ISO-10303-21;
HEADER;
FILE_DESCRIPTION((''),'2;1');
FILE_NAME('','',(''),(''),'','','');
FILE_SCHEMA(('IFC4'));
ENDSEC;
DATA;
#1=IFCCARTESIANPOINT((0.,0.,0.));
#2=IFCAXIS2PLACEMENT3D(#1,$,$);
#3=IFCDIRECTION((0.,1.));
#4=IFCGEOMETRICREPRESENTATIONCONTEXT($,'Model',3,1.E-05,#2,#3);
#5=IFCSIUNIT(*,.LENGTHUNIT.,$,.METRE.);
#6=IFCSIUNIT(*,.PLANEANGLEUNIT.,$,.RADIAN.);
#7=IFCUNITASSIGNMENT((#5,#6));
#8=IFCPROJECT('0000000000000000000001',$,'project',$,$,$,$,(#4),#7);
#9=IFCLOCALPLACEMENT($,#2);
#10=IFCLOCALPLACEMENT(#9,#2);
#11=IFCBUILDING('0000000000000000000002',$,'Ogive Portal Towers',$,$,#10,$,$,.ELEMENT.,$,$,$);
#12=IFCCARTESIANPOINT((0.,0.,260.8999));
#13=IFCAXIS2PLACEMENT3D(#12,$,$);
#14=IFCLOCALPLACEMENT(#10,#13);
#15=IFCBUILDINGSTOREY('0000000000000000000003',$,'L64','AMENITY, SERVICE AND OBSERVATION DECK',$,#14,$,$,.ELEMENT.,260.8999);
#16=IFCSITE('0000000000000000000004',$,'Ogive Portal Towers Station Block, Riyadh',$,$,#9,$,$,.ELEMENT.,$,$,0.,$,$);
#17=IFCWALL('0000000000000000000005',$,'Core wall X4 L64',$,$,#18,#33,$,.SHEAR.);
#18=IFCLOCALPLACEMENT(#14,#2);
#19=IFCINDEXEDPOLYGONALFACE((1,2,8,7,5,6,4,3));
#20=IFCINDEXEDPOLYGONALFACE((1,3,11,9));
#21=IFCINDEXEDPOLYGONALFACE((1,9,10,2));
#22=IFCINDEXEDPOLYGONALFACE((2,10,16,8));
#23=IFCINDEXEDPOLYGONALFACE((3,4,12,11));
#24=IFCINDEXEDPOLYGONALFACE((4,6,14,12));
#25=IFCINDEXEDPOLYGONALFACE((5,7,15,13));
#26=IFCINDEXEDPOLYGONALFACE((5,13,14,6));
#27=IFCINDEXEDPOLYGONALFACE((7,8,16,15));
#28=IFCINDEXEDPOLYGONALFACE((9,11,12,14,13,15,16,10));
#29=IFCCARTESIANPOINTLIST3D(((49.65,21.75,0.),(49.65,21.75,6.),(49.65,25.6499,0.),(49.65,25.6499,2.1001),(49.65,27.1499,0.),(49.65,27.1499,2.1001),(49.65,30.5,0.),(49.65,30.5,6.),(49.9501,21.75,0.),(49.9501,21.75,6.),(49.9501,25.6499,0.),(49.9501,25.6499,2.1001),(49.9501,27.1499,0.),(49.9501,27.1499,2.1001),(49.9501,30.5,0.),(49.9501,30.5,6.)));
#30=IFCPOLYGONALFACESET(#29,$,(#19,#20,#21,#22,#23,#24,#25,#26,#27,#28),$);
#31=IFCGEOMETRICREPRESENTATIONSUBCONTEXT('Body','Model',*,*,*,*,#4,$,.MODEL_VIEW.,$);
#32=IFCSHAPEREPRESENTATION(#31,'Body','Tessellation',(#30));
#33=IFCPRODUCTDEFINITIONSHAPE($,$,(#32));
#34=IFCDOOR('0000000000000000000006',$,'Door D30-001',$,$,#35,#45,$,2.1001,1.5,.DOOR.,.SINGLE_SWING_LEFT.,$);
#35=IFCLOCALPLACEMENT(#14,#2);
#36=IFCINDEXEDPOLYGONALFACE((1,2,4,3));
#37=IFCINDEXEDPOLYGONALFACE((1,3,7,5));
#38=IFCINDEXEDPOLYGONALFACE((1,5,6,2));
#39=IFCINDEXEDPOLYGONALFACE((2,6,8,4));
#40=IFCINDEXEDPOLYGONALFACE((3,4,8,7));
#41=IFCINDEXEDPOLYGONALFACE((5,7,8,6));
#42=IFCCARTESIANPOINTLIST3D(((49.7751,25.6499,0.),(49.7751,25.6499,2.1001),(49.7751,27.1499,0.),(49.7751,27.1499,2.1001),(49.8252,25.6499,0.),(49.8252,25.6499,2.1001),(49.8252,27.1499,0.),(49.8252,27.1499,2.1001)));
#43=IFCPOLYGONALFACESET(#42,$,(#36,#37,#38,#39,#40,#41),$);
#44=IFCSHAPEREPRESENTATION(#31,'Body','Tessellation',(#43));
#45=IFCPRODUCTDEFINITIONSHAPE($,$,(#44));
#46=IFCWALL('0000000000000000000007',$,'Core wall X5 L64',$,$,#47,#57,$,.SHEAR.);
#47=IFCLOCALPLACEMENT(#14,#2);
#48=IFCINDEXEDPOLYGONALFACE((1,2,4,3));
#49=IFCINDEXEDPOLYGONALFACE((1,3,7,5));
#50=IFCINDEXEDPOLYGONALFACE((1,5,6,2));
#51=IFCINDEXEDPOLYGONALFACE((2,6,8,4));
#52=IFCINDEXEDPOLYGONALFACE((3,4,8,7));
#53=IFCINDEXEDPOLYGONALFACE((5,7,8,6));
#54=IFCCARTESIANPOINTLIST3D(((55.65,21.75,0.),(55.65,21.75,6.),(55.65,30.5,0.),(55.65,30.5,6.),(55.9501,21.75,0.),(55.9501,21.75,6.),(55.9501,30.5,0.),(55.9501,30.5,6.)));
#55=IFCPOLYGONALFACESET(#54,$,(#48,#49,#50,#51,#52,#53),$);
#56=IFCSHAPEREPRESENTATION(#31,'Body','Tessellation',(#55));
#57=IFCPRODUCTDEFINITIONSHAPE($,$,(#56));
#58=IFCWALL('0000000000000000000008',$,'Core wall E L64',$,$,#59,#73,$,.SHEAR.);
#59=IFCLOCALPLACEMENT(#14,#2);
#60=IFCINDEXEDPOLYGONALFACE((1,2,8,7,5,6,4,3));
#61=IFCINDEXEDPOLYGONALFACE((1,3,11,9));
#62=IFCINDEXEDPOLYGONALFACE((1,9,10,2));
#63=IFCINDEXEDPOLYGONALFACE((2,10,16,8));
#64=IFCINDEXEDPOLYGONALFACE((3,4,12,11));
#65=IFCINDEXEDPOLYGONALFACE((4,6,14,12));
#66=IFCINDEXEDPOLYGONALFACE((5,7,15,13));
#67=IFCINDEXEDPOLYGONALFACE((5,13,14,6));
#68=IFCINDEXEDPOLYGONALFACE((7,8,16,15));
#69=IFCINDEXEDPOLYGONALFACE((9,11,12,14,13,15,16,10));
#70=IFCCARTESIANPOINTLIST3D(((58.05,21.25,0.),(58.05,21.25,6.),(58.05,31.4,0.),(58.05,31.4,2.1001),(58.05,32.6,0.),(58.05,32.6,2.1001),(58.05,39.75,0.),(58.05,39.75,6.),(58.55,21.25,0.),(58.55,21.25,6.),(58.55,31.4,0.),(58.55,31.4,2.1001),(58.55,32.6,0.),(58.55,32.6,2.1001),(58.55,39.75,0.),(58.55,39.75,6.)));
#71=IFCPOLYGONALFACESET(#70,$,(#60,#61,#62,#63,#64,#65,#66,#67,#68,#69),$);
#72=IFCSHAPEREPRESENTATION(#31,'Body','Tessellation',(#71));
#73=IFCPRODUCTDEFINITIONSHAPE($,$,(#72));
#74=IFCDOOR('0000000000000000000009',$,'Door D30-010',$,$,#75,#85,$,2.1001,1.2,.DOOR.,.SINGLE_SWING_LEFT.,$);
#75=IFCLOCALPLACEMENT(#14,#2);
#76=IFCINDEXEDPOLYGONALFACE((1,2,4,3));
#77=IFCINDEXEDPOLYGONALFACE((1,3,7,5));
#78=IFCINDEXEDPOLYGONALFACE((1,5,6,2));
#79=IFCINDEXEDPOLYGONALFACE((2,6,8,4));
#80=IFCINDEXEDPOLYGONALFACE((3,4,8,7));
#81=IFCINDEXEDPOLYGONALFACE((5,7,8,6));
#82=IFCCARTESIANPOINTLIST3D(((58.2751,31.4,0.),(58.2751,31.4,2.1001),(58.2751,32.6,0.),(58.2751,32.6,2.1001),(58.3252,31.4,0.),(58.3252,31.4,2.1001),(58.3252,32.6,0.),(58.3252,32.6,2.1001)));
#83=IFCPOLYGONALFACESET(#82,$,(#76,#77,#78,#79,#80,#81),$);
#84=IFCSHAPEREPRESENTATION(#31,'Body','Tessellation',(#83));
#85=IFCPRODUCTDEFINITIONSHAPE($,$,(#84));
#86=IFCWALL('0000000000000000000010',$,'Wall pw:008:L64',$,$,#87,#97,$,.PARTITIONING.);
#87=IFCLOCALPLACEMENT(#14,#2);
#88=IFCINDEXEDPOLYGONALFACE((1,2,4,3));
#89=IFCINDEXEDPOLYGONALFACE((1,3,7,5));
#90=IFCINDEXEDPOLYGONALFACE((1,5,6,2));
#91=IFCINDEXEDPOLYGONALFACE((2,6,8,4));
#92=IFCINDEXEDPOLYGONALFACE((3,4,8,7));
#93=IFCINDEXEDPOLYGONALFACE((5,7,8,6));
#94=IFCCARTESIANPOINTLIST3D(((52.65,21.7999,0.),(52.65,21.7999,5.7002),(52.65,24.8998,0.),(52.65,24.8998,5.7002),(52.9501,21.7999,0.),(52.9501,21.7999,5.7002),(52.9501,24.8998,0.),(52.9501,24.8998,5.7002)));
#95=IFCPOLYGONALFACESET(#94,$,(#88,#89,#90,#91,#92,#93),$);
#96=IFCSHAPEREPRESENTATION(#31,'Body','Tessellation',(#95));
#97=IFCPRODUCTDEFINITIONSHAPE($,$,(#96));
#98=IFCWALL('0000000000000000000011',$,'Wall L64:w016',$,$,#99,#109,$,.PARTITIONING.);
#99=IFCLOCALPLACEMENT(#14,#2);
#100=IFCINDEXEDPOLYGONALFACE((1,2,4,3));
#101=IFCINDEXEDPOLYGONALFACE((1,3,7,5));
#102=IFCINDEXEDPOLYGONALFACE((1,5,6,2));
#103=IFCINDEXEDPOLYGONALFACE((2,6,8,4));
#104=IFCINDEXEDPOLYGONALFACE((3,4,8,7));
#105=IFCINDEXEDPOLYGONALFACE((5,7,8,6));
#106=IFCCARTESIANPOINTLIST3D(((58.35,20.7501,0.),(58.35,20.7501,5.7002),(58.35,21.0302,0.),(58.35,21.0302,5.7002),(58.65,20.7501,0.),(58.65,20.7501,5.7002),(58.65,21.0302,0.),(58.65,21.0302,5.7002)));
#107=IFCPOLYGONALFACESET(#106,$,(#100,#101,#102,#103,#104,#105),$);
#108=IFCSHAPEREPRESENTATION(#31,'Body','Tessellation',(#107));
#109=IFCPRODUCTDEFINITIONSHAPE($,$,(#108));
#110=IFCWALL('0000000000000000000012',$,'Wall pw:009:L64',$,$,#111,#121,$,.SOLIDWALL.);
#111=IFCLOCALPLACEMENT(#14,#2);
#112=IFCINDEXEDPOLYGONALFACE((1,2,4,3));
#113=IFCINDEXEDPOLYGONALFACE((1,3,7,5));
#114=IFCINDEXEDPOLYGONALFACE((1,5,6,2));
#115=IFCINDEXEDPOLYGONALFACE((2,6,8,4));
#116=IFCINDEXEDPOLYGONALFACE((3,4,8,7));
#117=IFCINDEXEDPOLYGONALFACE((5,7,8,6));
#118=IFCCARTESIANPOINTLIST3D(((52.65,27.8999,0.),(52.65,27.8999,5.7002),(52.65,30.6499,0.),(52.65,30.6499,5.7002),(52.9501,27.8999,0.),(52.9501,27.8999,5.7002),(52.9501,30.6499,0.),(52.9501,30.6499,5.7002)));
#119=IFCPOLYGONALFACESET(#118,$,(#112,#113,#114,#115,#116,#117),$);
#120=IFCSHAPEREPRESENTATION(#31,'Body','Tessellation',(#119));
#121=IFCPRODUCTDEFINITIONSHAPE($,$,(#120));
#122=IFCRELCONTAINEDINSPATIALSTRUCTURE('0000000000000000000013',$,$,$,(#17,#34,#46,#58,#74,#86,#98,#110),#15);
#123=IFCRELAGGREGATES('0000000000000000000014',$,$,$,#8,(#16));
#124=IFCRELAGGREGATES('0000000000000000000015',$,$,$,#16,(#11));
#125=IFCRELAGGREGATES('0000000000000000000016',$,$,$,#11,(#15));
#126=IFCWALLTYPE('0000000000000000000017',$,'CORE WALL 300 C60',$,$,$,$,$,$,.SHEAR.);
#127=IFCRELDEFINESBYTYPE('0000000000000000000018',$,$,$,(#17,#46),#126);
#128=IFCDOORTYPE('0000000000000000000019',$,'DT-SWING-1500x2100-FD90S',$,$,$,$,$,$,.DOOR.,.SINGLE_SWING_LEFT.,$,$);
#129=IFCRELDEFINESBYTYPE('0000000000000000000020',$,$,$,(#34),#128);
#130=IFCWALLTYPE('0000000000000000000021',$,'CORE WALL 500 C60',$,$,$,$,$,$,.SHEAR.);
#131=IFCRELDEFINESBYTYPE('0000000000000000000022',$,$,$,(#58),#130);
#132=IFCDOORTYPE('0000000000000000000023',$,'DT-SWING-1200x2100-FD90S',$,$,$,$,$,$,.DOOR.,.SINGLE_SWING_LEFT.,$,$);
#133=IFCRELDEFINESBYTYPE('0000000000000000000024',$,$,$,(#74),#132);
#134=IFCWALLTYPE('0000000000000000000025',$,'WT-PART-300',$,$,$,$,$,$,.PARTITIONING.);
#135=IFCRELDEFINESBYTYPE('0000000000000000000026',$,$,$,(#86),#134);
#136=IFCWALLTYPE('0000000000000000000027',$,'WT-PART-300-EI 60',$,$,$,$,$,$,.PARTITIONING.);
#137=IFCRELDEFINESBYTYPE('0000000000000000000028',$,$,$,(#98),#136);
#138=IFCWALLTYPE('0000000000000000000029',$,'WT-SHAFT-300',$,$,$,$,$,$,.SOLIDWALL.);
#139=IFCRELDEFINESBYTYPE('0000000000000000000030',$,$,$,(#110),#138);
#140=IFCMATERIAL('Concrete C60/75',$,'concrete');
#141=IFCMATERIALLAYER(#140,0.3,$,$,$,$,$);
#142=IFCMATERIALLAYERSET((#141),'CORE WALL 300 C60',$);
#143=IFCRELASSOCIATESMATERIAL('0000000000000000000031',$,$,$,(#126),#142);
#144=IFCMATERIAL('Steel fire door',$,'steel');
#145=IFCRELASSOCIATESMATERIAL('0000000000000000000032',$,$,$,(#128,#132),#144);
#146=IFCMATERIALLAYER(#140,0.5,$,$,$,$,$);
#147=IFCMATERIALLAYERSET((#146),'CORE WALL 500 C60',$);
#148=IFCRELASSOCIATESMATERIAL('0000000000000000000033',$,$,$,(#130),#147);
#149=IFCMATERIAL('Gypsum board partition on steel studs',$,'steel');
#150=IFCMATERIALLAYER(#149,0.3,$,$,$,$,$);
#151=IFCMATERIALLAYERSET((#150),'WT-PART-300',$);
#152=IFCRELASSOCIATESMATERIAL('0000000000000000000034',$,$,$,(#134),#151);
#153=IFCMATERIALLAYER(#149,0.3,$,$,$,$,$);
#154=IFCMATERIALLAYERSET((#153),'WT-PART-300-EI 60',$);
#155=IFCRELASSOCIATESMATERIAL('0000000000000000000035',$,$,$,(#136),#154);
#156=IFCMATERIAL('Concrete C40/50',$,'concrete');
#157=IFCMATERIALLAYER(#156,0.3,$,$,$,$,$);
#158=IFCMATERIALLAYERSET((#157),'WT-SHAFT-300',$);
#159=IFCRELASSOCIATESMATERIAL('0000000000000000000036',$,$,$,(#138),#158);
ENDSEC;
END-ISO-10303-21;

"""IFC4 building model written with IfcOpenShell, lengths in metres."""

from ifc_helpers import new_model, si_unit, direction, frame, frame_2d, origin, place, context, subcontext, project, spatial, rectangle, extrude, material, layer, layer_set, type_object, element, fill, save


model = new_model("IFC4")

# Units and contexts
model_context = context("Model", 3, precision=1e-05, world=origin(), true_north=direction((0.0, 1.0)))
body_context = subcontext(model_context, "Body", "Model", "MODEL_VIEW")
ifc_project = project(units=[si_unit("LENGTHUNIT", "METRE"), si_unit("PLANEANGLEUNIT", "RADIAN")], contexts=[model_context])

# Site, building, storey
site_placement = place(None, origin())
site = spatial("IfcSite", under=ifc_project, at=site_placement, Name="Ogive Portal Towers Station Block, Riyadh", CompositionType="ELEMENT", RefElevation=0.0)
building_placement = place(site_placement, origin())
building = spatial("IfcBuilding", under=site, at=building_placement, Name="Ogive Portal Towers", CompositionType="ELEMENT")
storey_placement = place(building_placement, frame((0.0, 0.0, 260.8999)))
storey = spatial("IfcBuildingStorey", under=building, at=storey_placement, Name="L64", Description="AMENITY, SERVICE AND OBSERVATION DECK", CompositionType="ELEMENT", Elevation=260.8999)

# Shared definitions
ifc_material_1 = material(Name="Concrete C60/75", Category="concrete")

# Wall, opening, door
ifc_layer_1 = layer(ifc_material_1, 0.3)
ifc_layer_set_1 = layer_set([ifc_layer_1], Name="CORE WALL 300 C60")
wall_type_1 = type_object("IfcWallType", Name="CORE WALL 300 C60", PredefinedType="SHEAR", material=ifc_layer_set_1)
wall_1_placement = place(storey_placement, frame((49.8, 21.75, 0.0), z_axis=(0.0, 0.0, 1.0), x_axis=(0.0, 1.0, 0.0)))
wall_1 = element("IfcWall", 1, at=wall_1_placement, inside=storey, type_object=wall_type_1, Name="Core wall X4 L64", PredefinedType="SHEAR", context=body_context, shape_type="SweptSolid", body=[
    extrude(rectangle(XDim=8.75, YDim=0.3, at=frame_2d((4.375, 0.0))), origin(), (0.0, 0.0, 1.0), 6.0),
])
opening_1_placement = place(wall_1_placement, frame((3.8999, 0.0, 0.0)))
opening_1 = element("IfcOpeningElement", 2, at=opening_1_placement, cuts=wall_1, PredefinedType="OPENING", context=body_context, shape_type="SweptSolid", body=[
    extrude(rectangle(XDim=1.5, YDim=2.1001, at=frame_2d((0.75, 1.05))), frame((0.0, 0.1602, 0.0), z_axis=(0.0, -1.0, 0.0), x_axis=(1.0, 0.0, 0.0)), (0.0, 0.0, 1.0), 0.3201),
])
ifc_material_2 = material(Name="Steel fire door", Category="steel")
door_type_1 = type_object("IfcDoorType", Name="DT-SWING-1500x2100-FD90S", OperationType="SINGLE_SWING_LEFT", PredefinedType="DOOR", material=ifc_material_2)
door_1_placement = place(opening_1_placement, origin())
door_1 = element("IfcDoor", 3, at=door_1_placement, inside=storey, type_object=door_type_1, Name="Door D30-001", OperationType="SINGLE_SWING_LEFT", OverallHeight=2.1001, OverallWidth=1.5, PredefinedType="DOOR", context=body_context, shape_type="SweptSolid", body=[
    extrude(rectangle(XDim=1.5, YDim=2.1001, at=frame_2d((0.75, 1.05))), frame((0.0, 0.0249, 0.0), z_axis=(0.0, -1.0, 0.0), x_axis=(1.0, 0.0, 0.0)), (0.0, 0.0, 1.0), 0.05),
])
fill(opening_1, door_1)

# Wall
wall_2_placement = place(storey_placement, frame((55.8, 21.75, 0.0), z_axis=(0.0, 0.0, 1.0), x_axis=(0.0, 1.0, 0.0)))
element("IfcWall", 4, at=wall_2_placement, inside=storey, type_object=wall_type_1, Name="Core wall X5 L64", PredefinedType="SHEAR", context=body_context, shape_type="SweptSolid", body=[
    extrude(rectangle(XDim=8.75, YDim=0.3, at=frame_2d((4.375, 0.0))), origin(), (0.0, 0.0, 1.0), 6.0),
])

# Wall, opening, door
ifc_layer_2 = layer(ifc_material_1, 0.5)
ifc_layer_set_2 = layer_set([ifc_layer_2], Name="CORE WALL 500 C60")
wall_type_2 = type_object("IfcWallType", Name="CORE WALL 500 C60", PredefinedType="SHEAR", material=ifc_layer_set_2)
wall_3_placement = place(storey_placement, frame((58.3, 21.25, 0.0), z_axis=(0.0, 0.0, 1.0), x_axis=(0.0, 1.0, 0.0)))
wall_3 = element("IfcWall", 5, at=wall_3_placement, inside=storey, type_object=wall_type_2, Name="Core wall E L64", PredefinedType="SHEAR", context=body_context, shape_type="SweptSolid", body=[
    extrude(rectangle(XDim=18.5, YDim=0.5, at=frame_2d((9.25, 0.0))), origin(), (0.0, 0.0, 1.0), 6.0),
])
opening_2_placement = place(wall_3_placement, frame((10.1499, 0.0, 0.0)))
opening_2 = element("IfcOpeningElement", 6, at=opening_2_placement, cuts=wall_3, PredefinedType="OPENING", context=body_context, shape_type="SweptSolid", body=[
    extrude(rectangle(XDim=1.2, YDim=2.1001, at=frame_2d((0.6001, 1.05))), frame((0.0, 0.26, 0.0), z_axis=(0.0, -1.0, 0.0), x_axis=(1.0, 0.0, 0.0)), (0.0, 0.0, 1.0), 0.52),
])
door_type_2 = type_object("IfcDoorType", Name="DT-SWING-1200x2100-FD90S", OperationType="SINGLE_SWING_LEFT", PredefinedType="DOOR", material=ifc_material_2)
door_2_placement = place(opening_2_placement, origin())
door_2 = element("IfcDoor", 7, at=door_2_placement, inside=storey, type_object=door_type_2, Name="Door D30-010", OperationType="SINGLE_SWING_LEFT", OverallHeight=2.1001, OverallWidth=1.2, PredefinedType="DOOR", context=body_context, shape_type="SweptSolid", body=[
    extrude(rectangle(XDim=1.2, YDim=2.1001, at=frame_2d((0.6001, 1.05))), frame((0.0, 0.0249, 0.0), z_axis=(0.0, -1.0, 0.0), x_axis=(1.0, 0.0, 0.0)), (0.0, 0.0, 1.0), 0.05),
])
fill(opening_2, door_2)

# Walls
ifc_material_3 = material(Name="Gypsum board partition on steel studs", Category="steel")
ifc_layer_3 = layer(ifc_material_3, 0.3)
ifc_layer_set_3 = layer_set([ifc_layer_3], Name="WT-PART-300")
wall_type_3 = type_object("IfcWallType", Name="WT-PART-300", PredefinedType="PARTITIONING", material=ifc_layer_set_3)
wall_4_placement = place(storey_placement, frame((52.8, 21.8, 0.0), z_axis=(0.0, 0.0, 1.0), x_axis=(0.0, 1.0, 0.0)))
element("IfcWall", 8, at=wall_4_placement, inside=storey, type_object=wall_type_3, Name="Wall pw:008:L64", PredefinedType="PARTITIONING", context=body_context, shape_type="SweptSolid", body=[
    extrude(rectangle(XDim=3.0999, YDim=0.3, at=frame_2d((1.5498, 0.0))), origin(), (0.0, 0.0, 1.0), 5.7002),
])
ifc_layer_4 = layer(ifc_material_3, 0.3)
ifc_layer_set_4 = layer_set([ifc_layer_4], Name="WT-PART-300-EI 60")
wall_type_4 = type_object("IfcWallType", Name="WT-PART-300-EI 60", PredefinedType="PARTITIONING", material=ifc_layer_set_4)
wall_5_placement = place(storey_placement, frame((58.5, 20.75, 0.0), z_axis=(0.0, 0.0, 1.0), x_axis=(0.0, 1.0, 0.0)))
element("IfcWall", 9, at=wall_5_placement, inside=storey, type_object=wall_type_4, Name="Wall L64:w016", PredefinedType="PARTITIONING", context=body_context, shape_type="SweptSolid", body=[
    extrude(rectangle(XDim=0.28, YDim=0.3, at=frame_2d((0.1401, 0.0))), origin(), (0.0, 0.0, 1.0), 5.7002),
])

# Shared definitions
ifc_material_4 = material(Name="Concrete C40/50", Category="concrete")
ifc_layer_5 = layer(ifc_material_4, 0.3)
ifc_layer_set_5 = layer_set([ifc_layer_5], Name="WT-SHAFT-300")
wall_type_5 = type_object("IfcWallType", Name="WT-SHAFT-300", PredefinedType="SOLIDWALL", material=ifc_layer_set_5)

# Wall
wall_6_placement = place(storey_placement, frame((52.8, 27.8999, 0.0), z_axis=(0.0, 0.0, 1.0), x_axis=(0.0, 1.0, 0.0)))
element("IfcWall", 10, at=wall_6_placement, inside=storey, type_object=wall_type_5, Name="Wall pw:009:L64", PredefinedType="SOLIDWALL", context=body_context, shape_type="SweptSolid", body=[
    extrude(rectangle(XDim=2.75, YDim=0.3, at=frame_2d((1.375, 0.0))), origin(), (0.0, 0.0, 1.0), 5.7002),
])

save(model, "model.ifc")
